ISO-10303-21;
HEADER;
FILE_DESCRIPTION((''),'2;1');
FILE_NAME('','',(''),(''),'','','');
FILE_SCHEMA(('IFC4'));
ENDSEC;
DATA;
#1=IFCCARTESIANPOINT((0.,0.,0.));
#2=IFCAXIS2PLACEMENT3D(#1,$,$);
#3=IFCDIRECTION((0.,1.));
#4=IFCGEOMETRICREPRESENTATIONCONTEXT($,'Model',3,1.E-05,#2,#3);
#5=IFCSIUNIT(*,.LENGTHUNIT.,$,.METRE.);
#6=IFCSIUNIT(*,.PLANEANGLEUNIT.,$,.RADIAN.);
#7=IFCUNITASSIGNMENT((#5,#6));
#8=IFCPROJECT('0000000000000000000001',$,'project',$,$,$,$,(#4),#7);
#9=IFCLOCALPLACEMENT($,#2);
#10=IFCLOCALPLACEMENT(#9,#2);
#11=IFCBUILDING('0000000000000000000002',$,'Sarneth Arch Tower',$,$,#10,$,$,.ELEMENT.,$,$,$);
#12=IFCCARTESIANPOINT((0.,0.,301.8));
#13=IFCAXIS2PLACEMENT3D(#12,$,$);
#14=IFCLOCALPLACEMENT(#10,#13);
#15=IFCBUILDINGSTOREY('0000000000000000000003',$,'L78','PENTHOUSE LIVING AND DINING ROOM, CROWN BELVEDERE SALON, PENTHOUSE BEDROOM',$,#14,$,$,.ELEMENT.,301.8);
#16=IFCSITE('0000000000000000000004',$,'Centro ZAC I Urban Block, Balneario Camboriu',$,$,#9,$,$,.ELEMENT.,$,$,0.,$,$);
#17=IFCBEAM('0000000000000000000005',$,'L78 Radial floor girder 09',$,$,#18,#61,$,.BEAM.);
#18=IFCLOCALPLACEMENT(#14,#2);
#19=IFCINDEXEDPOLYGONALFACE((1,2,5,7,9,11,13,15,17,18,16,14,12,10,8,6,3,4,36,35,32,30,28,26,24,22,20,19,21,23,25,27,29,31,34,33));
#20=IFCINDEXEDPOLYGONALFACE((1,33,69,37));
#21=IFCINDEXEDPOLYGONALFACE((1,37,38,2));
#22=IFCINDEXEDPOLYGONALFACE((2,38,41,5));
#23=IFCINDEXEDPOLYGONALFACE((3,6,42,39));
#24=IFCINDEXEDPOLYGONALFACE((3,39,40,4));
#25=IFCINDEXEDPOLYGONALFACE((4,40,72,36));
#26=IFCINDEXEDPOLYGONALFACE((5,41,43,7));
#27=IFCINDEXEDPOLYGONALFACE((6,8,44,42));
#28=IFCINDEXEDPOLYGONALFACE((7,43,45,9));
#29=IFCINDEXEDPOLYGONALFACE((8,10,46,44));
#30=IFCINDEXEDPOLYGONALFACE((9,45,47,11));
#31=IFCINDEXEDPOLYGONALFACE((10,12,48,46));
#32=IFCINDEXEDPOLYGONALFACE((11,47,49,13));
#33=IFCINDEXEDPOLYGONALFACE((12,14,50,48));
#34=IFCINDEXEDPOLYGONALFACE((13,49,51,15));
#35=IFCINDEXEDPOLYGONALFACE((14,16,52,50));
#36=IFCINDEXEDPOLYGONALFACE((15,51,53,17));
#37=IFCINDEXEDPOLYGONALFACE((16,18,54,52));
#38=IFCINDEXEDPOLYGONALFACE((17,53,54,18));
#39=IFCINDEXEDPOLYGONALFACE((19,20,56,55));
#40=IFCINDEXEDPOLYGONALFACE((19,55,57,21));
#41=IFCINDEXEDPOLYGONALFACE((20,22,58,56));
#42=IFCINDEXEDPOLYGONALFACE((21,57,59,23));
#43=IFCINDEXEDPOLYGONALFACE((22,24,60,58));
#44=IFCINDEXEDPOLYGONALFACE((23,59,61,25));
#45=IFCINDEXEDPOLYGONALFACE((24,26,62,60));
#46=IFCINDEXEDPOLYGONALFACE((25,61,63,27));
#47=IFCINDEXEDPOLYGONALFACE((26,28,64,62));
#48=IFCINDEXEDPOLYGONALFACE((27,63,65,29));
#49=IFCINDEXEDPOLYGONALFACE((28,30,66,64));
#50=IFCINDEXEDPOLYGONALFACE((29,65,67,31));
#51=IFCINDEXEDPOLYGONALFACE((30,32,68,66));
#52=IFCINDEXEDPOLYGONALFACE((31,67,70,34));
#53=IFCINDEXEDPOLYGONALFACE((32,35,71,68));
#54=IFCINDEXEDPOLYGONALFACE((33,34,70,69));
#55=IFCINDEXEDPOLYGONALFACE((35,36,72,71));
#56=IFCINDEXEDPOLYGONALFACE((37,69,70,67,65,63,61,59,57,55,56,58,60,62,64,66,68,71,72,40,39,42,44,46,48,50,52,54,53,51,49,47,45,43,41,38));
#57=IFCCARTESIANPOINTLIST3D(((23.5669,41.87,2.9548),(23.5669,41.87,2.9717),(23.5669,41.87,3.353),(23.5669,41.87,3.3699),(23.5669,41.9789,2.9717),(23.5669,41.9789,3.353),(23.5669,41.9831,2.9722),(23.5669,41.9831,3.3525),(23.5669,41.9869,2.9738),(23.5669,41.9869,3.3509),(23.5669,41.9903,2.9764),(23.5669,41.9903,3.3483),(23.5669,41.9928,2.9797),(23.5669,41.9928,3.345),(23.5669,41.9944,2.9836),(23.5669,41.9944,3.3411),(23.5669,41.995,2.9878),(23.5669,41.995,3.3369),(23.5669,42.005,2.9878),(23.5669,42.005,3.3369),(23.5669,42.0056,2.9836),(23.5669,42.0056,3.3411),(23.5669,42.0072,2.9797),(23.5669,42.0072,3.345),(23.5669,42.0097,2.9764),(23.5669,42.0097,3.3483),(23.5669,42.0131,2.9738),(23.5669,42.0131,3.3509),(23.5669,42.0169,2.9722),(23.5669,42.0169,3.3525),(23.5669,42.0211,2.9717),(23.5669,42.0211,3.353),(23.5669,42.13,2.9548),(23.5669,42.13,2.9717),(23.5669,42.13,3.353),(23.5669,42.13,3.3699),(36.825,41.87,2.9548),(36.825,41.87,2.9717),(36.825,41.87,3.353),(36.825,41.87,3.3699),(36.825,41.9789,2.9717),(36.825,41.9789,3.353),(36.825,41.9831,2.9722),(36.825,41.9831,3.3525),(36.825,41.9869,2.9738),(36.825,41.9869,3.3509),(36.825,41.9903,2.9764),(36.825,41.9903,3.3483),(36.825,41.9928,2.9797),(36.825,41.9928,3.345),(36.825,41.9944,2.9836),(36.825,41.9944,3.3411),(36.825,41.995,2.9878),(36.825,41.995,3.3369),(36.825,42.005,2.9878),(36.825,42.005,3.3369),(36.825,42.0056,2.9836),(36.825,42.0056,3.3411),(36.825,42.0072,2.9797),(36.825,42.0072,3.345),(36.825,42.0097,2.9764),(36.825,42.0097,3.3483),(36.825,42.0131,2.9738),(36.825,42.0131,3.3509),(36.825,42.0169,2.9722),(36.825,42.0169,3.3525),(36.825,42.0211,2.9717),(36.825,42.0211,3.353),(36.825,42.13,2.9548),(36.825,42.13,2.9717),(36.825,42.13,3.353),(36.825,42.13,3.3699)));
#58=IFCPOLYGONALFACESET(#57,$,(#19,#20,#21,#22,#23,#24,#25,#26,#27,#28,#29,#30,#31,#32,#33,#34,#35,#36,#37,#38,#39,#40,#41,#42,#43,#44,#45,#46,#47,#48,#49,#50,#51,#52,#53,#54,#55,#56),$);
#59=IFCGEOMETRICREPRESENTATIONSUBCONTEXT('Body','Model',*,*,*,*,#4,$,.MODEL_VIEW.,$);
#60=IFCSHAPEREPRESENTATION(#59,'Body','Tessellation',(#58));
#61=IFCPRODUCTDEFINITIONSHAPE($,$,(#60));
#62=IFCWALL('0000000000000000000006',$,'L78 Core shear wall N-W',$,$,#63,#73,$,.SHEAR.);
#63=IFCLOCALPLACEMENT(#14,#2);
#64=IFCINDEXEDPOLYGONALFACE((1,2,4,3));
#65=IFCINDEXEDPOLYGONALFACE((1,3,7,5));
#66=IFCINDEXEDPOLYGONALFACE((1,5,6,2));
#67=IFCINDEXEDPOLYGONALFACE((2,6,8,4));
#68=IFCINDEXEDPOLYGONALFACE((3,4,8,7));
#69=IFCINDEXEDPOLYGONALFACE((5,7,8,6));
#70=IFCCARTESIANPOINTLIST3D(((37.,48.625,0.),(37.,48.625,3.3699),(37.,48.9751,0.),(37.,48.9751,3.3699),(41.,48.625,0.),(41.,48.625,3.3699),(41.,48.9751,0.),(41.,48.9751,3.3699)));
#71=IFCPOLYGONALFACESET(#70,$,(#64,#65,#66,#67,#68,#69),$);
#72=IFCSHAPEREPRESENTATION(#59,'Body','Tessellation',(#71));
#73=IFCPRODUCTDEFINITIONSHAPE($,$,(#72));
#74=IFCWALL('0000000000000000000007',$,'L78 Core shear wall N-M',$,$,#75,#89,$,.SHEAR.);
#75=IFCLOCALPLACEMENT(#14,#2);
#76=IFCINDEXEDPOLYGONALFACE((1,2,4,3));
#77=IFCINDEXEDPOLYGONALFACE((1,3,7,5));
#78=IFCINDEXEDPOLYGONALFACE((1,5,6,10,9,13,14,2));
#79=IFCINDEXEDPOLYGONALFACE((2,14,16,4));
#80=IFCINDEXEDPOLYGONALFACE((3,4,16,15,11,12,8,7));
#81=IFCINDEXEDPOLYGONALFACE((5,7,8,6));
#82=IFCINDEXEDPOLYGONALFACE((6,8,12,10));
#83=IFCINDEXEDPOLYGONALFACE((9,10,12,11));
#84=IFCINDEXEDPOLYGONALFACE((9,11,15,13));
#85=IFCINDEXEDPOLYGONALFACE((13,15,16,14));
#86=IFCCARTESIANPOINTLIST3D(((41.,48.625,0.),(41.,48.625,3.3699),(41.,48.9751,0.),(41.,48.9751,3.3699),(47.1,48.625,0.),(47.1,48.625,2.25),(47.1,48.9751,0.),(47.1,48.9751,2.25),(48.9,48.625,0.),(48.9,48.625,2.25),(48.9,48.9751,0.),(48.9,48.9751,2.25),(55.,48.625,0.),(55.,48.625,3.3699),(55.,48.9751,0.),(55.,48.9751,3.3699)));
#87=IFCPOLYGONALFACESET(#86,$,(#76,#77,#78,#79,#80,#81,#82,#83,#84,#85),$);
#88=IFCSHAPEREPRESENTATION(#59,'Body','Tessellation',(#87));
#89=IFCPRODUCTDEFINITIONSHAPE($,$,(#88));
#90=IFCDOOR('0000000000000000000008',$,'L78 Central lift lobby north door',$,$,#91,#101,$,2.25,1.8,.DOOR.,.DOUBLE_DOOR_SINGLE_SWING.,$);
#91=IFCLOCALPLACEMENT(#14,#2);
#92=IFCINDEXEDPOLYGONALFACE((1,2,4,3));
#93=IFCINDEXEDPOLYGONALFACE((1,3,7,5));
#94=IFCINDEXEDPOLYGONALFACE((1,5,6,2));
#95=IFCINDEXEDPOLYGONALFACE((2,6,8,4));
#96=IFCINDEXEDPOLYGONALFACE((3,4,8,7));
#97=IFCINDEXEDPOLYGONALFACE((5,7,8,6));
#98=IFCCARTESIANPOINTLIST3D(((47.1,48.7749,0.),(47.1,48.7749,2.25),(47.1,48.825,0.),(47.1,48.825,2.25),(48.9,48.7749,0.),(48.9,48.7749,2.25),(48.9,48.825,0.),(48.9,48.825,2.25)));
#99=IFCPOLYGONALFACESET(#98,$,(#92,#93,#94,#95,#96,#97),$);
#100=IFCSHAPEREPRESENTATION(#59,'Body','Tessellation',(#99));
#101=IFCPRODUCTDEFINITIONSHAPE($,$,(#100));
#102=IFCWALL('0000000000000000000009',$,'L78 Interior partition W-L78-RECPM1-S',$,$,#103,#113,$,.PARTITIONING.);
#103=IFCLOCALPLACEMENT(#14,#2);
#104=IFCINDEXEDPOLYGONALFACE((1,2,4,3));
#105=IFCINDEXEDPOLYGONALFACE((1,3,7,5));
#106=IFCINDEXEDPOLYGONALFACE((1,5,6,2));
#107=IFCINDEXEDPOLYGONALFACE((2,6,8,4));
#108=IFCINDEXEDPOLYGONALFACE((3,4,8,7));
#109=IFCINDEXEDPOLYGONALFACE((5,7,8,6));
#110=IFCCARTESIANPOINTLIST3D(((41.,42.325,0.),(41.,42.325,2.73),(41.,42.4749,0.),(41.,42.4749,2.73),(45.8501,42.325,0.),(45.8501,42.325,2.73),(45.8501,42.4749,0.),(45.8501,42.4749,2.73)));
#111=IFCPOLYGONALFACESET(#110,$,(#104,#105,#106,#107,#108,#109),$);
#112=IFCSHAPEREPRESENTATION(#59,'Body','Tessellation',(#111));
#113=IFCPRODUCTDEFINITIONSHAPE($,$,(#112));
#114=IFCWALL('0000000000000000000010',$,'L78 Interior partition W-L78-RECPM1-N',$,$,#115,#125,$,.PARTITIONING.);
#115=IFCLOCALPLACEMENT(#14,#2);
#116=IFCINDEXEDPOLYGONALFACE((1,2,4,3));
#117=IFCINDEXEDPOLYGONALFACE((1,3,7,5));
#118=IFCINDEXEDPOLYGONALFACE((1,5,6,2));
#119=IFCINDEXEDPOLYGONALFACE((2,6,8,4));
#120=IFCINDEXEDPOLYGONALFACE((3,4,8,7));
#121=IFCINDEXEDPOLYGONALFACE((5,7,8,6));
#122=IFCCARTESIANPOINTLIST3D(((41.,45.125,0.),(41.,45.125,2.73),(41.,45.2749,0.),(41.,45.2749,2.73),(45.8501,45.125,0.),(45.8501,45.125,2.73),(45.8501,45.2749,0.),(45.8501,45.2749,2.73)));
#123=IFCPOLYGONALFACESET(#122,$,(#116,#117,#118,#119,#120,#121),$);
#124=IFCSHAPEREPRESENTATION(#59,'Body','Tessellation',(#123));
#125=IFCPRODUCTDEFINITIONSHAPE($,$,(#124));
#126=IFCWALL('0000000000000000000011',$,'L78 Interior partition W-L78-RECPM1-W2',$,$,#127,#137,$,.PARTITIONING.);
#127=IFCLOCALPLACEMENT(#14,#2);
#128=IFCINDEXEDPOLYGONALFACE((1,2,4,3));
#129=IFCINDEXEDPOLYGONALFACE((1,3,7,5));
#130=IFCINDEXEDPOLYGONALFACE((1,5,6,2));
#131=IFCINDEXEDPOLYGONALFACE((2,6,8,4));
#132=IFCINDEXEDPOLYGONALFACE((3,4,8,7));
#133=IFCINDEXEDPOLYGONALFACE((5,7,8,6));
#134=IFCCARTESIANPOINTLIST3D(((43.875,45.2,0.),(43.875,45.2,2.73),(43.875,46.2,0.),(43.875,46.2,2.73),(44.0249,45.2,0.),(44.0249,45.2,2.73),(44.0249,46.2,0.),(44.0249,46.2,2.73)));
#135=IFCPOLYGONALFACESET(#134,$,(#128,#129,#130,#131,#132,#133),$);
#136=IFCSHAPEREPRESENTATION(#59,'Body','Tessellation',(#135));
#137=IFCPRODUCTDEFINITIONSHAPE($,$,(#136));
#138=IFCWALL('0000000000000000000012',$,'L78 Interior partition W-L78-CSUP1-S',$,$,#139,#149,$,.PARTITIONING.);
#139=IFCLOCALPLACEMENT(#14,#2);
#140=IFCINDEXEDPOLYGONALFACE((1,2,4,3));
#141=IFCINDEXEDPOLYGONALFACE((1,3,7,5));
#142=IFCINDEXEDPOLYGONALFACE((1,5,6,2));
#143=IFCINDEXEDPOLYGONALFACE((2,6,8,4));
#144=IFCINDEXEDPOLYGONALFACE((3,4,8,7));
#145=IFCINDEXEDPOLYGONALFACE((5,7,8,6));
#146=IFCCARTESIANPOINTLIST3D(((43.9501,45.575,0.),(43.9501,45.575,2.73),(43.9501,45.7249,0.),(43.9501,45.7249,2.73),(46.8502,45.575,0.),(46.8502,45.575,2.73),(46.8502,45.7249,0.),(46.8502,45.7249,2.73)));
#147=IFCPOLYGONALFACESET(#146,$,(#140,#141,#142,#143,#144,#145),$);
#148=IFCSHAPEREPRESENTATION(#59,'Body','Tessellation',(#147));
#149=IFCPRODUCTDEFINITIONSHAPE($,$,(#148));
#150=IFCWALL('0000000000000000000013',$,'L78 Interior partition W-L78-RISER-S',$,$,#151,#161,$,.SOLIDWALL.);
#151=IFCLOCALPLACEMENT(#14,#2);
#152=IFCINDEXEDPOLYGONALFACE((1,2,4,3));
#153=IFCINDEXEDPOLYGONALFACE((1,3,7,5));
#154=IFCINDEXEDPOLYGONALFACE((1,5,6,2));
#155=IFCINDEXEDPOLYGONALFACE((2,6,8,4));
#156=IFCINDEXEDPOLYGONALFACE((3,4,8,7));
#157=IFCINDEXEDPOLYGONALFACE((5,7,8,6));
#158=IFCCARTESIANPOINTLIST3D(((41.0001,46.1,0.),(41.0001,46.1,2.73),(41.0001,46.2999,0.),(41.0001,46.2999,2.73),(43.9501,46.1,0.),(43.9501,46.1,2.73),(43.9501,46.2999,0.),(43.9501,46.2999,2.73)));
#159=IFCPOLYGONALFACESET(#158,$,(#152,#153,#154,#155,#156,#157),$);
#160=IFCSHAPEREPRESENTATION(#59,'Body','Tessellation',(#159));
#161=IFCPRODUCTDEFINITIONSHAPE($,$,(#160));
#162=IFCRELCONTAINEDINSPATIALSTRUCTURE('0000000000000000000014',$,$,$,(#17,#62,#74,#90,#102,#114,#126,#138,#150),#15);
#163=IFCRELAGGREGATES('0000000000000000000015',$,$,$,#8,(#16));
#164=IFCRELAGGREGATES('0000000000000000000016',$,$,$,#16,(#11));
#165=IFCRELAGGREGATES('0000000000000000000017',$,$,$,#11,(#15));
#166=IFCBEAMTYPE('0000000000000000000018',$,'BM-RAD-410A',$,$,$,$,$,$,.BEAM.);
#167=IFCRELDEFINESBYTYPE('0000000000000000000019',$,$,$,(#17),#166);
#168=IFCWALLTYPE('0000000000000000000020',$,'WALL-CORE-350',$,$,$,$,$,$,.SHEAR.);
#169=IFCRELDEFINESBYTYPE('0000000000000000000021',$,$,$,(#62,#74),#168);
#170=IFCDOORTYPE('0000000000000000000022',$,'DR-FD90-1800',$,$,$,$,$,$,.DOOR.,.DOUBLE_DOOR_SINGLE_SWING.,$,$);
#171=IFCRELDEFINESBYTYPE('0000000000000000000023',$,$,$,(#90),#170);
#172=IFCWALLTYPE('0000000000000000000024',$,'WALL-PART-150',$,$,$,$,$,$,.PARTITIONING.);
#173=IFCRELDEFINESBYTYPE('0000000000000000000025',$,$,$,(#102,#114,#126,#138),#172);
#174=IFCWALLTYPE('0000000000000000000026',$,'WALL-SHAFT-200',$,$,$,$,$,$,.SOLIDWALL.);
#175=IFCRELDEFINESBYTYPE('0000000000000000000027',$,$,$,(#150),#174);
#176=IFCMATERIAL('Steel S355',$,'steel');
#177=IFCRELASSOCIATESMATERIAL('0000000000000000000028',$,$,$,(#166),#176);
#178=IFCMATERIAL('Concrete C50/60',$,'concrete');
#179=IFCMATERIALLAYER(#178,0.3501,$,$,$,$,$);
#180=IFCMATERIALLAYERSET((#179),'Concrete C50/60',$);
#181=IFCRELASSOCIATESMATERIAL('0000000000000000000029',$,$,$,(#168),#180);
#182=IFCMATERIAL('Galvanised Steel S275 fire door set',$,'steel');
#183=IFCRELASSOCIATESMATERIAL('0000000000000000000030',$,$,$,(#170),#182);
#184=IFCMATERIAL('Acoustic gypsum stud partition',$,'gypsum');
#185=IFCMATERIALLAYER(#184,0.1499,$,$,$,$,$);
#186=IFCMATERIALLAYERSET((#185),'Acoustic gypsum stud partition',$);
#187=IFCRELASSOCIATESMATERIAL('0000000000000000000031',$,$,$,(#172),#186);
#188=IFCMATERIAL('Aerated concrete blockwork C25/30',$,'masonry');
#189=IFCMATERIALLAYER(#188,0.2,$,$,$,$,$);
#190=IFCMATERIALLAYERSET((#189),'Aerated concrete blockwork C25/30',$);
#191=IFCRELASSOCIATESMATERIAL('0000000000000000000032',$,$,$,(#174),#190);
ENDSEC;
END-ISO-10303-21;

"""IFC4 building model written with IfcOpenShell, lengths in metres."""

from ifc_helpers import new_model, si_unit, direction, frame, frame_2d, origin, origin_2d, place, context, subcontext, project, spatial, rectangle, i_section, extrude, material, layer, layer_set, material_profile, profile_set, type_object, element, fill, save


model = new_model("IFC4")

# Units and contexts
model_context = context("Model", 3, precision=1e-05, world=origin(), true_north=direction((0.0, 1.0)))
body_context = subcontext(model_context, "Body", "Model", "MODEL_VIEW")
ifc_project = project(units=[si_unit("LENGTHUNIT", "METRE"), si_unit("PLANEANGLEUNIT", "RADIAN")], contexts=[model_context])

# Site, building, storey
site_placement = place(None, origin())
site = spatial("IfcSite", under=ifc_project, at=site_placement, Name="Centro ZAC I Urban Block, Balneario Camboriu", CompositionType="ELEMENT", RefElevation=0.0)
building_placement = place(site_placement, origin())
building = spatial("IfcBuilding", under=site, at=building_placement, Name="Sarneth Arch Tower", CompositionType="ELEMENT")
storey_placement = place(building_placement, frame((0.0, 0.0, 301.8)))
storey = spatial("IfcBuildingStorey", under=building, at=storey_placement, Name="L78", Description="PENTHOUSE LIVING AND DINING ROOM, CROWN BELVEDERE SALON, PENTHOUSE BEDROOM", CompositionType="ELEMENT", Elevation=301.8)

# Beam
ifc_material_1 = material(Name="Steel S355", Category="steel")
ifc_material_profile = material_profile(ifc_material_1, i_section(OverallWidth=0.26, OverallDepth=0.415, WebThickness=0.01, FlangeThickness=0.0168, FilletRadius=0.0161, at=origin_2d()), Name="W410x100")
ifc_profile_set = profile_set([ifc_material_profile], Name="Steel S355")
beam_type = type_object("IfcBeamType", Name="BM-RAD-410A", PredefinedType="BEAM", material=ifc_profile_set)
beam_1_placement = place(storey_placement, frame((36.825, 42.0, 3.1624), z_axis=(-1.0, 0.0, 0.0), x_axis=(0.0, -1.0, 0.0)))
element("IfcBeam", 1, at=beam_1_placement, inside=storey, type_object=beam_type, Name="L78 Radial floor girder 09", PredefinedType="BEAM", context=body_context, shape_type="SweptSolid", body=[
    extrude(i_section(OverallWidth=0.26, OverallDepth=0.415, WebThickness=0.01, FlangeThickness=0.0168, FilletRadius=0.0161, at=origin_2d()), origin(), (0.0, 0.0, 1.0), 13.2581),
])

# Wall
ifc_material_2 = material(Name="Concrete C50/60", Category="concrete")
ifc_layer_1 = layer(ifc_material_2, 0.3501)
ifc_layer_set_1 = layer_set([ifc_layer_1], Name="Concrete C50/60")
wall_type_1 = type_object("IfcWallType", Name="WALL-CORE-350", PredefinedType="SHEAR", material=ifc_layer_set_1)
wall_1_placement = place(storey_placement, frame((37.0, 48.8, 0.0), z_axis=(0.0, 0.0, 1.0), x_axis=(1.0, 0.0, 0.0)))
element("IfcWall", 2, at=wall_1_placement, inside=storey, type_object=wall_type_1, Name="L78 Core shear wall N-W", PredefinedType="SHEAR", context=body_context, shape_type="SweptSolid", body=[
    extrude(rectangle(XDim=4.0, YDim=0.3501, at=frame_2d((2.0, 0.0))), origin(), (0.0, 0.0, 1.0), 3.3699),
])

# Wall, opening, door
wall_2_placement = place(storey_placement, frame((41.0, 48.8, 0.0), z_axis=(0.0, 0.0, 1.0), x_axis=(1.0, 0.0, 0.0)))
wall_2 = element("IfcWall", 3, at=wall_2_placement, inside=storey, type_object=wall_type_1, Name="L78 Core shear wall N-M", PredefinedType="SHEAR", context=body_context, shape_type="SweptSolid", body=[
    extrude(rectangle(XDim=14.0, YDim=0.3501, at=frame_2d((7.0, 0.0))), origin(), (0.0, 0.0, 1.0), 3.3699),
])
opening_1_placement = place(wall_2_placement, frame((6.1001, 0.0, 0.0)))
opening_1 = element("IfcOpeningElement", 4, at=opening_1_placement, cuts=wall_2, PredefinedType="OPENING", context=body_context, shape_type="SweptSolid", body=[
    extrude(rectangle(XDim=1.8, YDim=2.25, at=frame_2d((0.8999, 1.125))), frame((0.0, 0.1851, 0.0), z_axis=(0.0, -1.0, 0.0), x_axis=(1.0, 0.0, 0.0)), (0.0, 0.0, 1.0), 0.3701),
])
ifc_material_3 = material(Name="Galvanised Steel S275 fire door set", Category="steel")
door_type_1 = type_object("IfcDoorType", Name="DR-FD90-1800", OperationType="DOUBLE_DOOR_SINGLE_SWING", PredefinedType="DOOR", material=ifc_material_3)
door_1_placement = place(opening_1_placement, origin())
door_1 = element("IfcDoor", 5, at=door_1_placement, inside=storey, type_object=door_type_1, Name="L78 Central lift lobby north door", OperationType="DOUBLE_DOOR_SINGLE_SWING", OverallHeight=2.25, OverallWidth=1.8, PredefinedType="DOOR", context=body_context, shape_type="SweptSolid", body=[
    extrude(rectangle(XDim=1.8, YDim=2.25, at=frame_2d((0.8999, 1.125))), frame((0.0, 0.0249, 0.0), z_axis=(0.0, -1.0, 0.0), x_axis=(1.0, 0.0, 0.0)), (0.0, 0.0, 1.0), 0.05),
])
fill(opening_1, door_1)

# Walls
ifc_material_4 = material(Name="Acoustic gypsum stud partition", Category="gypsum")
ifc_layer_2 = layer(ifc_material_4, 0.1499)
ifc_layer_set_2 = layer_set([ifc_layer_2], Name="Acoustic gypsum stud partition")
wall_type_2 = type_object("IfcWallType", Name="WALL-PART-150", PredefinedType="PARTITIONING", material=ifc_layer_set_2)
for number, where, z_axis, x_axis, name in (
    (6, (41.0, 42.3999, 0.0), (0.0, 0.0, 1.0), (1.0, 0.0, 0.0), "L78 Interior partition W-L78-RECPM1-S"),
    (7, (41.0, 45.2, 0.0), (0.0, 0.0, 1.0), (1.0, 0.0, 0.0), "L78 Interior partition W-L78-RECPM1-N"),
):
    element("IfcWall", number, at=place(storey_placement, frame(where, z_axis=z_axis, x_axis=x_axis)), inside=storey, type_object=wall_type_2, Name=name, PredefinedType="PARTITIONING", context=body_context, shape_type="SweptSolid", body=[
        extrude(rectangle(XDim=4.8501, YDim=0.1499, at=frame_2d((2.425, 0.0))), origin(), (0.0, 0.0, 1.0), 2.73),
    ])
wall_3_placement = place(storey_placement, frame((43.95, 45.2, 0.0), z_axis=(0.0, 0.0, 1.0), x_axis=(0.0, 1.0, 0.0)))
element("IfcWall", 8, at=wall_3_placement, inside=storey, type_object=wall_type_2, Name="L78 Interior partition W-L78-RECPM1-W2", PredefinedType="PARTITIONING", context=body_context, shape_type="SweptSolid", body=[
    extrude(rectangle(XDim=1.0, YDim=0.1499, at=frame_2d((0.5, 0.0))), origin(), (0.0, 0.0, 1.0), 2.73),
])

# Wall
wall_4_placement = place(storey_placement, frame((43.95, 45.6499, 0.0), z_axis=(0.0, 0.0, 1.0), x_axis=(1.0, 0.0, 0.0)))
element("IfcWall", 9, at=wall_4_placement, inside=storey, type_object=wall_type_2, Name="L78 Interior partition W-L78-CSUP1-S", PredefinedType="PARTITIONING", context=body_context, shape_type="SweptSolid", body=[
    extrude(rectangle(XDim=2.9001, YDim=0.1499, at=frame_2d((1.4502, 0.0))), origin(), (0.0, 0.0, 1.0), 2.73),
])

# Wall
ifc_material_5 = material(Name="Aerated concrete blockwork C25/30", Category="masonry")
ifc_layer_3 = layer(ifc_material_5, 0.2)
ifc_layer_set_3 = layer_set([ifc_layer_3], Name="Aerated concrete blockwork C25/30")
wall_type_3 = type_object("IfcWallType", Name="WALL-SHAFT-200", PredefinedType="SOLIDWALL", material=ifc_layer_set_3)
wall_5_placement = place(storey_placement, frame((41.0, 46.2, 0.0), z_axis=(0.0, 0.0, 1.0), x_axis=(1.0, 0.0, 0.0)))
element("IfcWall", 10, at=wall_5_placement, inside=storey, type_object=wall_type_3, Name="L78 Interior partition W-L78-RISER-S", PredefinedType="SOLIDWALL", context=body_context, shape_type="SweptSolid", body=[
    extrude(rectangle(XDim=2.95, YDim=0.2, at=frame_2d((1.4751, 0.0))), origin(), (0.0, 0.0, 1.0), 2.73),
])

save(model, "model.ifc")
